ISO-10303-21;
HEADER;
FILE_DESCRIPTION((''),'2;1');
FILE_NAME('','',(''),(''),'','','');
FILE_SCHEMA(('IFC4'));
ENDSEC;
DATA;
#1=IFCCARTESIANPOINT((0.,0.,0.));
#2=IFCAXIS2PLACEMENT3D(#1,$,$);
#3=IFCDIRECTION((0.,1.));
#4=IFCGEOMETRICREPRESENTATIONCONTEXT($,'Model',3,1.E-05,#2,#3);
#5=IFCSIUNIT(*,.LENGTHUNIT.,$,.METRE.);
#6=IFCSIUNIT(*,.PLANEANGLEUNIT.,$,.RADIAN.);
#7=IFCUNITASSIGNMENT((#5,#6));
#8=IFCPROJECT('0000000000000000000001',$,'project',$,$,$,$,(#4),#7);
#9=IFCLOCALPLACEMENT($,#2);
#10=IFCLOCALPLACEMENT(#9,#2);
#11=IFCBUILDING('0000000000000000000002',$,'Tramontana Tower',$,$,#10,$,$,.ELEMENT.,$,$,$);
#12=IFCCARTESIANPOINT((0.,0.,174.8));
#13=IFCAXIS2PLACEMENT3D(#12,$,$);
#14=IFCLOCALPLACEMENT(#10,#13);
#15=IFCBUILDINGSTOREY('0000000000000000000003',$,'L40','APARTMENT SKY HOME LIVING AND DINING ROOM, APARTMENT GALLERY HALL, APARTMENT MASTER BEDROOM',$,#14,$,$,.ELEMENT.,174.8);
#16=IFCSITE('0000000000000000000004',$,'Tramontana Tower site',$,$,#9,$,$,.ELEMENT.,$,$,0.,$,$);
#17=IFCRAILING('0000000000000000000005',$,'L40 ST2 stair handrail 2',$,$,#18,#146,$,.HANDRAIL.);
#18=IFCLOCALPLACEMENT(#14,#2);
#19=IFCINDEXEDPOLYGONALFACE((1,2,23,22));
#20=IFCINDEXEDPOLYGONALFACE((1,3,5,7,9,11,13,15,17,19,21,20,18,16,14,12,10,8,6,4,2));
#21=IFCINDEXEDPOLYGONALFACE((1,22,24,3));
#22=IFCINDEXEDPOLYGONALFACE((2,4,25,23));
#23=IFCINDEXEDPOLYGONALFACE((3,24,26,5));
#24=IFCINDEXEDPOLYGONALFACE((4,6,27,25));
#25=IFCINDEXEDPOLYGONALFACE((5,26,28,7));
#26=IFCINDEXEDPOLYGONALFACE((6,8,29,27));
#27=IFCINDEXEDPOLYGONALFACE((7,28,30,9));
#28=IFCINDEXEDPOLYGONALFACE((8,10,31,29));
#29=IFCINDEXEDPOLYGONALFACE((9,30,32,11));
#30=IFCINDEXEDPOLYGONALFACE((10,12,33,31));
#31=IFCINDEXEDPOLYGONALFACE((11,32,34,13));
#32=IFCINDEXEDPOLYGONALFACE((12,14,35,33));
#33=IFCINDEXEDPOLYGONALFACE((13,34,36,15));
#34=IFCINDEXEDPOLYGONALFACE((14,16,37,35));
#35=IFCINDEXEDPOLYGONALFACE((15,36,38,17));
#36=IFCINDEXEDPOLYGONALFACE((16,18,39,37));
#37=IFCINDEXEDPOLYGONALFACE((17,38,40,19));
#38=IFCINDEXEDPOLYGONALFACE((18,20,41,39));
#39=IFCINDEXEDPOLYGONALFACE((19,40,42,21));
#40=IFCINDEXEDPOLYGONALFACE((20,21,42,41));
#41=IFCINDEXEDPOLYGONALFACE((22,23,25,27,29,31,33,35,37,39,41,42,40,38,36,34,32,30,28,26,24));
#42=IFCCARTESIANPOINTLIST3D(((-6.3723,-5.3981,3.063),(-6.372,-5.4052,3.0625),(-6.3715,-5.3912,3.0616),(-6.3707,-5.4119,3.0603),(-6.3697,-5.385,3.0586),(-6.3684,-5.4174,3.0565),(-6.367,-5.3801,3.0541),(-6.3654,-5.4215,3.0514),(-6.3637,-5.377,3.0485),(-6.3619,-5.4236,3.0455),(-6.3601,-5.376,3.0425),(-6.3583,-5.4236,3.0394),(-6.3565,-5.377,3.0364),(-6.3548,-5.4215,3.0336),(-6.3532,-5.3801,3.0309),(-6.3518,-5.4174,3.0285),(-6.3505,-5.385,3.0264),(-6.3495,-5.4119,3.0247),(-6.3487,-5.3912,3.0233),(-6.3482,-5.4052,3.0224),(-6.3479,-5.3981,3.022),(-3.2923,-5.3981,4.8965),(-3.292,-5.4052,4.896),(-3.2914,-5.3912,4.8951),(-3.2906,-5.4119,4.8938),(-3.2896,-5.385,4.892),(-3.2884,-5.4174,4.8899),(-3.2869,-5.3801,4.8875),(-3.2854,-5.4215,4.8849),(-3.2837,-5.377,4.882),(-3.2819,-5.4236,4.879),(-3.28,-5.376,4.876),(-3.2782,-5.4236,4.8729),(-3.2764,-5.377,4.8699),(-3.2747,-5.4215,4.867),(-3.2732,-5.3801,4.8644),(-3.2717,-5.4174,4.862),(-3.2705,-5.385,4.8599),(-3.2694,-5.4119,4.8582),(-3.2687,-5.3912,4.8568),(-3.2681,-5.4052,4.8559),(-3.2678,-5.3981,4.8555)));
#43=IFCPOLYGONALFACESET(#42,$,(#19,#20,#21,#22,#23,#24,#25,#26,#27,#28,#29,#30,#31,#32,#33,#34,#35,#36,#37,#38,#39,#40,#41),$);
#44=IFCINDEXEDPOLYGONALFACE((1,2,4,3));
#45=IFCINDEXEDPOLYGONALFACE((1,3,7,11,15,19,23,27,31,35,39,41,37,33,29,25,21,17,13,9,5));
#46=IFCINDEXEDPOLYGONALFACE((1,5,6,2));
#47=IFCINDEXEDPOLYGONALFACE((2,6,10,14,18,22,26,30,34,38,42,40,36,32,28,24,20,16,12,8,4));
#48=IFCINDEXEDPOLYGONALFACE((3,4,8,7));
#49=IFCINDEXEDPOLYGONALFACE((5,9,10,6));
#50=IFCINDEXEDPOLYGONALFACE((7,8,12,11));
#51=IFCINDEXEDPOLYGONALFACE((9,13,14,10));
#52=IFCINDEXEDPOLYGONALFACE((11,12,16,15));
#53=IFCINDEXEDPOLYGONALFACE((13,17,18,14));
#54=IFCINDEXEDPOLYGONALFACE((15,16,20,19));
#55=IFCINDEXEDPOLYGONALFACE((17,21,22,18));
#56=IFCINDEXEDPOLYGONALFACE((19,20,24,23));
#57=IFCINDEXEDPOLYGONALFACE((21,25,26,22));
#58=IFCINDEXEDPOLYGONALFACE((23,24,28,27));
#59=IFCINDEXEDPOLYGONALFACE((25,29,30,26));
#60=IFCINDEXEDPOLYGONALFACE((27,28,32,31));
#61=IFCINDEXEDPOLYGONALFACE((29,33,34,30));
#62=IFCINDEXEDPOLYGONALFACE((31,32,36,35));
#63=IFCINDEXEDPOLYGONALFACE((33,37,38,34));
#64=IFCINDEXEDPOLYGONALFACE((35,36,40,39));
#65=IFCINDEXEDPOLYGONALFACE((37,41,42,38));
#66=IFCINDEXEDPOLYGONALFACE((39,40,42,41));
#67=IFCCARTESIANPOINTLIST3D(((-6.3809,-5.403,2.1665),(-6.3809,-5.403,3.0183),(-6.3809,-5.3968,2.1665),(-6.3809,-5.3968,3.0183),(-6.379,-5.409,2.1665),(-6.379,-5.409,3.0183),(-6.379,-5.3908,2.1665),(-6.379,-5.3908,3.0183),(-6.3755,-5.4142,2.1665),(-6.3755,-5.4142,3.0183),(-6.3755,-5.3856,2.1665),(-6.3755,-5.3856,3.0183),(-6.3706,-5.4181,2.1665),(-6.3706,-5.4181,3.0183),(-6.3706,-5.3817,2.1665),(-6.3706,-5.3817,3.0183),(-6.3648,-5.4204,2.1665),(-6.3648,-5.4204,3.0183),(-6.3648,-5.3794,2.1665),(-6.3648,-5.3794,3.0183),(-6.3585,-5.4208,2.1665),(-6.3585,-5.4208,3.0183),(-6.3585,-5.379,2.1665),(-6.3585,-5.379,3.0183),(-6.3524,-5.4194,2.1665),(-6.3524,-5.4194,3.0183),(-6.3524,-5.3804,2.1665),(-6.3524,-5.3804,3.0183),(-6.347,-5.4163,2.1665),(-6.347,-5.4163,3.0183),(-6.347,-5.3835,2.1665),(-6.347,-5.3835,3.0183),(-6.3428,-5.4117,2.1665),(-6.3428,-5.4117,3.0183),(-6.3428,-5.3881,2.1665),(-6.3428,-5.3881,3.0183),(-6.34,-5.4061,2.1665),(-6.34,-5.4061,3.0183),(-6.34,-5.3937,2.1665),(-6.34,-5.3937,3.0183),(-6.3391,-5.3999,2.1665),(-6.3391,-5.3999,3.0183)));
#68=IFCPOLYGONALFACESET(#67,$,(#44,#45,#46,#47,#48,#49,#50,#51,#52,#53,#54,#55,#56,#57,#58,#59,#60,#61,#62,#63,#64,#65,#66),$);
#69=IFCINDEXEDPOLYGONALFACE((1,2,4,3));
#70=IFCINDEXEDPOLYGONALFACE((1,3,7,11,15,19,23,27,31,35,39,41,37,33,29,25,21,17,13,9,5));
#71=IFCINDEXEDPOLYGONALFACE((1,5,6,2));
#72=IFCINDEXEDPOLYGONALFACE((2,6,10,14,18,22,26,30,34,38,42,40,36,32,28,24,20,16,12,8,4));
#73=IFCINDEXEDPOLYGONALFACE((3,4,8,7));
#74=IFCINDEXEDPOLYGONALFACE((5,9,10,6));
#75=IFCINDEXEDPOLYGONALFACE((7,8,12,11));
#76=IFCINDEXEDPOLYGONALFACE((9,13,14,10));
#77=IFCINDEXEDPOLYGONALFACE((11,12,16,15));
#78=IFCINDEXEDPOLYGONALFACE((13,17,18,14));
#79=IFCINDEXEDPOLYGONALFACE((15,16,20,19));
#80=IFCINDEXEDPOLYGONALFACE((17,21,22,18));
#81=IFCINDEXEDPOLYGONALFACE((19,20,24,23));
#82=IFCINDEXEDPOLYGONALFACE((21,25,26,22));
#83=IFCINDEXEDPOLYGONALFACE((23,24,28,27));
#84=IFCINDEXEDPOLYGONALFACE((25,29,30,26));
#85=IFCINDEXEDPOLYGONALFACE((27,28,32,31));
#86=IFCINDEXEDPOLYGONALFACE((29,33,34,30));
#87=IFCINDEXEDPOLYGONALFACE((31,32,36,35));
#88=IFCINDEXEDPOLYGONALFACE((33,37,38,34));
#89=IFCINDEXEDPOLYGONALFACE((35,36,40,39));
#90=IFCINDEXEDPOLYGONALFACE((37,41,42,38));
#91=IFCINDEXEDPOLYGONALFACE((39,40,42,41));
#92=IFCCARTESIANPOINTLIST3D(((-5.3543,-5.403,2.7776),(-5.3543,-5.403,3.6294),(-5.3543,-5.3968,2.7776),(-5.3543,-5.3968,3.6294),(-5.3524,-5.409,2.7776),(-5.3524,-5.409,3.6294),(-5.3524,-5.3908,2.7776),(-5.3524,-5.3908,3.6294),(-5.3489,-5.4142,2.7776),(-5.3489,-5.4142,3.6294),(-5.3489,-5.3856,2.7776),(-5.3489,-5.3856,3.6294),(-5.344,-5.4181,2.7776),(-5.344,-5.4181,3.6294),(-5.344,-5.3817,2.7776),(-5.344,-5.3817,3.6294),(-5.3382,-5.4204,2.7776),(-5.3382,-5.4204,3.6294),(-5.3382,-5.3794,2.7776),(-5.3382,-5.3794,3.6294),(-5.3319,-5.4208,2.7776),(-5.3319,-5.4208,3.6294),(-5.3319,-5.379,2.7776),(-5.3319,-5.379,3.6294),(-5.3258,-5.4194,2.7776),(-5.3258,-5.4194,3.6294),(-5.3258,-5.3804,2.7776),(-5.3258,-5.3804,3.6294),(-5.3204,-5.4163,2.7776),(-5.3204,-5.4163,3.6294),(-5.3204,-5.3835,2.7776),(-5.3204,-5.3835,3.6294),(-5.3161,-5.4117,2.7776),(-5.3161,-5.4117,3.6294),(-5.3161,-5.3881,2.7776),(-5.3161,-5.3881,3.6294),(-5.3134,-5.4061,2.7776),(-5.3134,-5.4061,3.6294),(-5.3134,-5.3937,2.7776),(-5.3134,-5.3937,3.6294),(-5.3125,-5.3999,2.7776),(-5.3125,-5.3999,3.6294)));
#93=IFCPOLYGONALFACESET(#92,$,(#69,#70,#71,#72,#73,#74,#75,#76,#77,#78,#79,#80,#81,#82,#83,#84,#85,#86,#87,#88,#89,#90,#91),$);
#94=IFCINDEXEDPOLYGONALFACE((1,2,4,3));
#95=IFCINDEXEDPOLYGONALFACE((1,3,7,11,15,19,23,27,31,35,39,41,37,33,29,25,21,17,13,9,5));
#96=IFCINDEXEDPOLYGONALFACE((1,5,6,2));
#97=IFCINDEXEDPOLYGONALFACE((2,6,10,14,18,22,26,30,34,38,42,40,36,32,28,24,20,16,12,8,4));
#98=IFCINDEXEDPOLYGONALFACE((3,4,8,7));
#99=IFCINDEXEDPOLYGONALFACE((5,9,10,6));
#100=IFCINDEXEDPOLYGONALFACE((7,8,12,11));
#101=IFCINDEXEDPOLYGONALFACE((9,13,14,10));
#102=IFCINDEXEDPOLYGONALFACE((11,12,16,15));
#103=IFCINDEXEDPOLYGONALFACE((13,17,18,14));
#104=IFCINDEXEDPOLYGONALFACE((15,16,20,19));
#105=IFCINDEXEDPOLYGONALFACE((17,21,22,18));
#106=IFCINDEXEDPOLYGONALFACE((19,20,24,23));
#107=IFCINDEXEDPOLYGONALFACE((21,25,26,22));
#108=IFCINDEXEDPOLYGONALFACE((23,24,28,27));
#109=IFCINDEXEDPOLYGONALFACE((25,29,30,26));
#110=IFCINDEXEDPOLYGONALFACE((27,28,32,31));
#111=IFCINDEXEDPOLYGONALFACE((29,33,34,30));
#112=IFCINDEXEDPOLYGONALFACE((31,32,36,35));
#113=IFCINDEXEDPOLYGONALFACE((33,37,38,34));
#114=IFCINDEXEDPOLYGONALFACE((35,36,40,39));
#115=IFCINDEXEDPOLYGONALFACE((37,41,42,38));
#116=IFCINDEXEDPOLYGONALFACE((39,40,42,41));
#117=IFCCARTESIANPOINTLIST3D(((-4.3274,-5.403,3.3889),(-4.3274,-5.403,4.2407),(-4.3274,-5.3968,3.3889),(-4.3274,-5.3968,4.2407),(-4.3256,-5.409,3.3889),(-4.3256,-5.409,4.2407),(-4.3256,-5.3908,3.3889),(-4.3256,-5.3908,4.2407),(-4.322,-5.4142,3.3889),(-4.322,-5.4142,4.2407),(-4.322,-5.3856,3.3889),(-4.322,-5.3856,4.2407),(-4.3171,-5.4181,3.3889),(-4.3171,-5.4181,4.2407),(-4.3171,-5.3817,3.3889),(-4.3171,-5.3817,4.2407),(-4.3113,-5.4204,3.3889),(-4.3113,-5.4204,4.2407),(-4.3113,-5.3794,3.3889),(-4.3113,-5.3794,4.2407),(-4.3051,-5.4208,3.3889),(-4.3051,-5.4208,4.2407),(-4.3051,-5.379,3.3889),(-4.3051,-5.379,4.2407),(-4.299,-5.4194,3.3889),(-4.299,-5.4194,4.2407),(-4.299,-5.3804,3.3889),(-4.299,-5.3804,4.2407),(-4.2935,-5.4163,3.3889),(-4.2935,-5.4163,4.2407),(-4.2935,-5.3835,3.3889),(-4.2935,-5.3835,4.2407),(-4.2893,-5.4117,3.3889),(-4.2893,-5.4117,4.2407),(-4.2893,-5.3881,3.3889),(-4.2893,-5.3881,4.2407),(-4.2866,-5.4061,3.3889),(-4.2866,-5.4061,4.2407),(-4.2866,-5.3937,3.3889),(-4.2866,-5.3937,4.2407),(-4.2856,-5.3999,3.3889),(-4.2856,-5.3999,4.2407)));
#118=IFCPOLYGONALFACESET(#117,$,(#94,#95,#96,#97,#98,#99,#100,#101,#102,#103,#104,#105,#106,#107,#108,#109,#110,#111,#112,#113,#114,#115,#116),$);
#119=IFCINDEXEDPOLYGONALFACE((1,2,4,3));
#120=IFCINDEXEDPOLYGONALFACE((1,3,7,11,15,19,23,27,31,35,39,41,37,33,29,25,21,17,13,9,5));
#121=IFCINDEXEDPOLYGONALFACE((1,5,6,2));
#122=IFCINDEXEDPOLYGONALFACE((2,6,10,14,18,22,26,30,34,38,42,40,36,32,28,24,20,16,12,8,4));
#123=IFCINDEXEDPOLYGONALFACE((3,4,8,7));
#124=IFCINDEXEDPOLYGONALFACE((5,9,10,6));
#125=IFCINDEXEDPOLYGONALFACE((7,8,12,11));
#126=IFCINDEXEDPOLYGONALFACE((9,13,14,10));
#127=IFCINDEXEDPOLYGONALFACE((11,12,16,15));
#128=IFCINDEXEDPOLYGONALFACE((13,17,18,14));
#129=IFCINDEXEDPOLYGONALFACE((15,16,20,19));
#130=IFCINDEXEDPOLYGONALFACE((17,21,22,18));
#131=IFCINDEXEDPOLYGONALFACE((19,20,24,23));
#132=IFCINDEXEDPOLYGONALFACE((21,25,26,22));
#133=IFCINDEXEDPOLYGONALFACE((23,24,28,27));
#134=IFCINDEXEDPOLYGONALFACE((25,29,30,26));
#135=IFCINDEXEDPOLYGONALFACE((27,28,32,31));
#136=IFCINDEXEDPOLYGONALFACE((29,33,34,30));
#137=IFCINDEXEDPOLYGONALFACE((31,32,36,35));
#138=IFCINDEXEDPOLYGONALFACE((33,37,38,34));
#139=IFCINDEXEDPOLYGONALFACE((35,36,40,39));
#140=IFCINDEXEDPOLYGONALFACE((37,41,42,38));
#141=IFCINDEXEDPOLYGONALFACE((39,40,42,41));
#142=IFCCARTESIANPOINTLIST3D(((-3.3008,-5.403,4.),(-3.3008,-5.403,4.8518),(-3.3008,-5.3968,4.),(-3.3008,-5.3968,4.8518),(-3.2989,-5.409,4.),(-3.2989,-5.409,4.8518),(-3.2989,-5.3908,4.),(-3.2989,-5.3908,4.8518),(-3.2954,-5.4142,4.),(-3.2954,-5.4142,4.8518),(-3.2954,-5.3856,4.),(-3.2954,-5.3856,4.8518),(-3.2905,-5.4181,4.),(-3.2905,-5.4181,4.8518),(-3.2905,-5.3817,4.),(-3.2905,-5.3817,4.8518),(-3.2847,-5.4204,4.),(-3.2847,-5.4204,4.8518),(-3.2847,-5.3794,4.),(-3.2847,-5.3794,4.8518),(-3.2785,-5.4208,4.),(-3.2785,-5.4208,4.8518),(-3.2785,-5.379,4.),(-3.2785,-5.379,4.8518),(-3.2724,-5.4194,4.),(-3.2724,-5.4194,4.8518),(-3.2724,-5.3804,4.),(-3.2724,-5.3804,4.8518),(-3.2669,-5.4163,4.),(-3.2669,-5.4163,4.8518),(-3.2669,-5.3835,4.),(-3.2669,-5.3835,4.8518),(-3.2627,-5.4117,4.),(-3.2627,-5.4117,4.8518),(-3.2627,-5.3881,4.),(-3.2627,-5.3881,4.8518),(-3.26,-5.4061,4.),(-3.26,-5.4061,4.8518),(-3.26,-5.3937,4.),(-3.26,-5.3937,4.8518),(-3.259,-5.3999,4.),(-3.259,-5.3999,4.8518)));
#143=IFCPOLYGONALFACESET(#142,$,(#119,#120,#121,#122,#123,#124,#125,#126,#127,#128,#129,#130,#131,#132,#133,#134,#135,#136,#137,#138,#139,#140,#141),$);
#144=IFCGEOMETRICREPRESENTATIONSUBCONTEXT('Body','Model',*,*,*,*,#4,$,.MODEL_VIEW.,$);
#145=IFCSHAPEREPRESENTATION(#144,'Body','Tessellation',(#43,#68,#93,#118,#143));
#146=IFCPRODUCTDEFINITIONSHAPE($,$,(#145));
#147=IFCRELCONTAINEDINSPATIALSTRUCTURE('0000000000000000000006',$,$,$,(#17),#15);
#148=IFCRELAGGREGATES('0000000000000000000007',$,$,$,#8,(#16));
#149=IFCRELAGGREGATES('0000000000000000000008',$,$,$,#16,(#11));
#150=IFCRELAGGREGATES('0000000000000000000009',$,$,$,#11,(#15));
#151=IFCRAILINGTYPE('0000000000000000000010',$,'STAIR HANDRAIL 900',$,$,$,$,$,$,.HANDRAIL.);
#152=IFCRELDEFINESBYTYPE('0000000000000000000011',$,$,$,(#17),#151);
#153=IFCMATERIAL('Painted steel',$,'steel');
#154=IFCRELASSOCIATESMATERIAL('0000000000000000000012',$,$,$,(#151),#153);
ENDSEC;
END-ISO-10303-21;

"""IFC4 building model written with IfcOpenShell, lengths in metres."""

from ifc_helpers import new_model, si_unit, direction, frame, origin, origin_2d, place, context, subcontext, project, spatial, circle, extrude, material, type_object, element, save


model = new_model("IFC4")

# Units and contexts
model_context = context("Model", 3, precision=1e-05, world=origin(), true_north=direction((0.0, 1.0)))
body_context = subcontext(model_context, "Body", "Model", "MODEL_VIEW")
ifc_project = project(units=[si_unit("LENGTHUNIT", "METRE"), si_unit("PLANEANGLEUNIT", "RADIAN")], contexts=[model_context])

# Site, building, storey
site_placement = place(None, origin())
site = spatial("IfcSite", under=ifc_project, at=site_placement, Name="Tramontana Tower site", CompositionType="ELEMENT", RefElevation=0.0)
building_placement = place(site_placement, origin())
building = spatial("IfcBuilding", under=site, at=building_placement, Name="Tramontana Tower", CompositionType="ELEMENT")
storey_placement = place(building_placement, frame((0.0, 0.0, 174.8)))
storey = spatial("IfcBuildingStorey", under=building, at=storey_placement, Name="L40", Description="APARTMENT SKY HOME LIVING AND DINING ROOM, APARTMENT GALLERY HALL, APARTMENT MASTER BEDROOM", CompositionType="ELEMENT", Elevation=174.8)

# Railing
ifc_material_1 = material(Name="Painted steel", Category="steel")
railing_type_1 = type_object("IfcRailingType", Name="STAIR HANDRAIL 900", PredefinedType="HANDRAIL", material=ifc_material_1)
railing_1_placement = place(storey_placement, frame((-6.3601, -5.3999, 2.1665)))
element("IfcRailing", 1, at=railing_1_placement, inside=storey, type_object=railing_type_1, Name="L40 ST2 stair handrail 2", PredefinedType="HANDRAIL", context=body_context, shape_type="SweptSolid", body=[
    extrude(circle(Radius=0.0239, at=origin_2d()), frame((0.0, 0.0, 0.876), z_axis=(0.859279, 0.0, 0.511508), x_axis=(0.0, 1.0, 0.0)), (0.0, 0.0, 1.0), 3.5845),
    extrude(circle(Radius=0.021, at=origin_2d()), origin(), (0.0, 0.0, 1.0), 0.8518),
    extrude(circle(Radius=0.021, at=origin_2d()), frame((1.0266, 0.0, 0.6111)), (0.0, 0.0, 1.0), 0.8518),
    extrude(circle(Radius=0.021, at=origin_2d()), frame((2.0535, 0.0, 1.2224)), (0.0, 0.0, 1.0), 0.8518),
    extrude(circle(Radius=0.021, at=origin_2d()), frame((3.0801, 0.0, 1.8335)), (0.0, 0.0, 1.0), 0.8518),
])

save(model, "model.ifc")
